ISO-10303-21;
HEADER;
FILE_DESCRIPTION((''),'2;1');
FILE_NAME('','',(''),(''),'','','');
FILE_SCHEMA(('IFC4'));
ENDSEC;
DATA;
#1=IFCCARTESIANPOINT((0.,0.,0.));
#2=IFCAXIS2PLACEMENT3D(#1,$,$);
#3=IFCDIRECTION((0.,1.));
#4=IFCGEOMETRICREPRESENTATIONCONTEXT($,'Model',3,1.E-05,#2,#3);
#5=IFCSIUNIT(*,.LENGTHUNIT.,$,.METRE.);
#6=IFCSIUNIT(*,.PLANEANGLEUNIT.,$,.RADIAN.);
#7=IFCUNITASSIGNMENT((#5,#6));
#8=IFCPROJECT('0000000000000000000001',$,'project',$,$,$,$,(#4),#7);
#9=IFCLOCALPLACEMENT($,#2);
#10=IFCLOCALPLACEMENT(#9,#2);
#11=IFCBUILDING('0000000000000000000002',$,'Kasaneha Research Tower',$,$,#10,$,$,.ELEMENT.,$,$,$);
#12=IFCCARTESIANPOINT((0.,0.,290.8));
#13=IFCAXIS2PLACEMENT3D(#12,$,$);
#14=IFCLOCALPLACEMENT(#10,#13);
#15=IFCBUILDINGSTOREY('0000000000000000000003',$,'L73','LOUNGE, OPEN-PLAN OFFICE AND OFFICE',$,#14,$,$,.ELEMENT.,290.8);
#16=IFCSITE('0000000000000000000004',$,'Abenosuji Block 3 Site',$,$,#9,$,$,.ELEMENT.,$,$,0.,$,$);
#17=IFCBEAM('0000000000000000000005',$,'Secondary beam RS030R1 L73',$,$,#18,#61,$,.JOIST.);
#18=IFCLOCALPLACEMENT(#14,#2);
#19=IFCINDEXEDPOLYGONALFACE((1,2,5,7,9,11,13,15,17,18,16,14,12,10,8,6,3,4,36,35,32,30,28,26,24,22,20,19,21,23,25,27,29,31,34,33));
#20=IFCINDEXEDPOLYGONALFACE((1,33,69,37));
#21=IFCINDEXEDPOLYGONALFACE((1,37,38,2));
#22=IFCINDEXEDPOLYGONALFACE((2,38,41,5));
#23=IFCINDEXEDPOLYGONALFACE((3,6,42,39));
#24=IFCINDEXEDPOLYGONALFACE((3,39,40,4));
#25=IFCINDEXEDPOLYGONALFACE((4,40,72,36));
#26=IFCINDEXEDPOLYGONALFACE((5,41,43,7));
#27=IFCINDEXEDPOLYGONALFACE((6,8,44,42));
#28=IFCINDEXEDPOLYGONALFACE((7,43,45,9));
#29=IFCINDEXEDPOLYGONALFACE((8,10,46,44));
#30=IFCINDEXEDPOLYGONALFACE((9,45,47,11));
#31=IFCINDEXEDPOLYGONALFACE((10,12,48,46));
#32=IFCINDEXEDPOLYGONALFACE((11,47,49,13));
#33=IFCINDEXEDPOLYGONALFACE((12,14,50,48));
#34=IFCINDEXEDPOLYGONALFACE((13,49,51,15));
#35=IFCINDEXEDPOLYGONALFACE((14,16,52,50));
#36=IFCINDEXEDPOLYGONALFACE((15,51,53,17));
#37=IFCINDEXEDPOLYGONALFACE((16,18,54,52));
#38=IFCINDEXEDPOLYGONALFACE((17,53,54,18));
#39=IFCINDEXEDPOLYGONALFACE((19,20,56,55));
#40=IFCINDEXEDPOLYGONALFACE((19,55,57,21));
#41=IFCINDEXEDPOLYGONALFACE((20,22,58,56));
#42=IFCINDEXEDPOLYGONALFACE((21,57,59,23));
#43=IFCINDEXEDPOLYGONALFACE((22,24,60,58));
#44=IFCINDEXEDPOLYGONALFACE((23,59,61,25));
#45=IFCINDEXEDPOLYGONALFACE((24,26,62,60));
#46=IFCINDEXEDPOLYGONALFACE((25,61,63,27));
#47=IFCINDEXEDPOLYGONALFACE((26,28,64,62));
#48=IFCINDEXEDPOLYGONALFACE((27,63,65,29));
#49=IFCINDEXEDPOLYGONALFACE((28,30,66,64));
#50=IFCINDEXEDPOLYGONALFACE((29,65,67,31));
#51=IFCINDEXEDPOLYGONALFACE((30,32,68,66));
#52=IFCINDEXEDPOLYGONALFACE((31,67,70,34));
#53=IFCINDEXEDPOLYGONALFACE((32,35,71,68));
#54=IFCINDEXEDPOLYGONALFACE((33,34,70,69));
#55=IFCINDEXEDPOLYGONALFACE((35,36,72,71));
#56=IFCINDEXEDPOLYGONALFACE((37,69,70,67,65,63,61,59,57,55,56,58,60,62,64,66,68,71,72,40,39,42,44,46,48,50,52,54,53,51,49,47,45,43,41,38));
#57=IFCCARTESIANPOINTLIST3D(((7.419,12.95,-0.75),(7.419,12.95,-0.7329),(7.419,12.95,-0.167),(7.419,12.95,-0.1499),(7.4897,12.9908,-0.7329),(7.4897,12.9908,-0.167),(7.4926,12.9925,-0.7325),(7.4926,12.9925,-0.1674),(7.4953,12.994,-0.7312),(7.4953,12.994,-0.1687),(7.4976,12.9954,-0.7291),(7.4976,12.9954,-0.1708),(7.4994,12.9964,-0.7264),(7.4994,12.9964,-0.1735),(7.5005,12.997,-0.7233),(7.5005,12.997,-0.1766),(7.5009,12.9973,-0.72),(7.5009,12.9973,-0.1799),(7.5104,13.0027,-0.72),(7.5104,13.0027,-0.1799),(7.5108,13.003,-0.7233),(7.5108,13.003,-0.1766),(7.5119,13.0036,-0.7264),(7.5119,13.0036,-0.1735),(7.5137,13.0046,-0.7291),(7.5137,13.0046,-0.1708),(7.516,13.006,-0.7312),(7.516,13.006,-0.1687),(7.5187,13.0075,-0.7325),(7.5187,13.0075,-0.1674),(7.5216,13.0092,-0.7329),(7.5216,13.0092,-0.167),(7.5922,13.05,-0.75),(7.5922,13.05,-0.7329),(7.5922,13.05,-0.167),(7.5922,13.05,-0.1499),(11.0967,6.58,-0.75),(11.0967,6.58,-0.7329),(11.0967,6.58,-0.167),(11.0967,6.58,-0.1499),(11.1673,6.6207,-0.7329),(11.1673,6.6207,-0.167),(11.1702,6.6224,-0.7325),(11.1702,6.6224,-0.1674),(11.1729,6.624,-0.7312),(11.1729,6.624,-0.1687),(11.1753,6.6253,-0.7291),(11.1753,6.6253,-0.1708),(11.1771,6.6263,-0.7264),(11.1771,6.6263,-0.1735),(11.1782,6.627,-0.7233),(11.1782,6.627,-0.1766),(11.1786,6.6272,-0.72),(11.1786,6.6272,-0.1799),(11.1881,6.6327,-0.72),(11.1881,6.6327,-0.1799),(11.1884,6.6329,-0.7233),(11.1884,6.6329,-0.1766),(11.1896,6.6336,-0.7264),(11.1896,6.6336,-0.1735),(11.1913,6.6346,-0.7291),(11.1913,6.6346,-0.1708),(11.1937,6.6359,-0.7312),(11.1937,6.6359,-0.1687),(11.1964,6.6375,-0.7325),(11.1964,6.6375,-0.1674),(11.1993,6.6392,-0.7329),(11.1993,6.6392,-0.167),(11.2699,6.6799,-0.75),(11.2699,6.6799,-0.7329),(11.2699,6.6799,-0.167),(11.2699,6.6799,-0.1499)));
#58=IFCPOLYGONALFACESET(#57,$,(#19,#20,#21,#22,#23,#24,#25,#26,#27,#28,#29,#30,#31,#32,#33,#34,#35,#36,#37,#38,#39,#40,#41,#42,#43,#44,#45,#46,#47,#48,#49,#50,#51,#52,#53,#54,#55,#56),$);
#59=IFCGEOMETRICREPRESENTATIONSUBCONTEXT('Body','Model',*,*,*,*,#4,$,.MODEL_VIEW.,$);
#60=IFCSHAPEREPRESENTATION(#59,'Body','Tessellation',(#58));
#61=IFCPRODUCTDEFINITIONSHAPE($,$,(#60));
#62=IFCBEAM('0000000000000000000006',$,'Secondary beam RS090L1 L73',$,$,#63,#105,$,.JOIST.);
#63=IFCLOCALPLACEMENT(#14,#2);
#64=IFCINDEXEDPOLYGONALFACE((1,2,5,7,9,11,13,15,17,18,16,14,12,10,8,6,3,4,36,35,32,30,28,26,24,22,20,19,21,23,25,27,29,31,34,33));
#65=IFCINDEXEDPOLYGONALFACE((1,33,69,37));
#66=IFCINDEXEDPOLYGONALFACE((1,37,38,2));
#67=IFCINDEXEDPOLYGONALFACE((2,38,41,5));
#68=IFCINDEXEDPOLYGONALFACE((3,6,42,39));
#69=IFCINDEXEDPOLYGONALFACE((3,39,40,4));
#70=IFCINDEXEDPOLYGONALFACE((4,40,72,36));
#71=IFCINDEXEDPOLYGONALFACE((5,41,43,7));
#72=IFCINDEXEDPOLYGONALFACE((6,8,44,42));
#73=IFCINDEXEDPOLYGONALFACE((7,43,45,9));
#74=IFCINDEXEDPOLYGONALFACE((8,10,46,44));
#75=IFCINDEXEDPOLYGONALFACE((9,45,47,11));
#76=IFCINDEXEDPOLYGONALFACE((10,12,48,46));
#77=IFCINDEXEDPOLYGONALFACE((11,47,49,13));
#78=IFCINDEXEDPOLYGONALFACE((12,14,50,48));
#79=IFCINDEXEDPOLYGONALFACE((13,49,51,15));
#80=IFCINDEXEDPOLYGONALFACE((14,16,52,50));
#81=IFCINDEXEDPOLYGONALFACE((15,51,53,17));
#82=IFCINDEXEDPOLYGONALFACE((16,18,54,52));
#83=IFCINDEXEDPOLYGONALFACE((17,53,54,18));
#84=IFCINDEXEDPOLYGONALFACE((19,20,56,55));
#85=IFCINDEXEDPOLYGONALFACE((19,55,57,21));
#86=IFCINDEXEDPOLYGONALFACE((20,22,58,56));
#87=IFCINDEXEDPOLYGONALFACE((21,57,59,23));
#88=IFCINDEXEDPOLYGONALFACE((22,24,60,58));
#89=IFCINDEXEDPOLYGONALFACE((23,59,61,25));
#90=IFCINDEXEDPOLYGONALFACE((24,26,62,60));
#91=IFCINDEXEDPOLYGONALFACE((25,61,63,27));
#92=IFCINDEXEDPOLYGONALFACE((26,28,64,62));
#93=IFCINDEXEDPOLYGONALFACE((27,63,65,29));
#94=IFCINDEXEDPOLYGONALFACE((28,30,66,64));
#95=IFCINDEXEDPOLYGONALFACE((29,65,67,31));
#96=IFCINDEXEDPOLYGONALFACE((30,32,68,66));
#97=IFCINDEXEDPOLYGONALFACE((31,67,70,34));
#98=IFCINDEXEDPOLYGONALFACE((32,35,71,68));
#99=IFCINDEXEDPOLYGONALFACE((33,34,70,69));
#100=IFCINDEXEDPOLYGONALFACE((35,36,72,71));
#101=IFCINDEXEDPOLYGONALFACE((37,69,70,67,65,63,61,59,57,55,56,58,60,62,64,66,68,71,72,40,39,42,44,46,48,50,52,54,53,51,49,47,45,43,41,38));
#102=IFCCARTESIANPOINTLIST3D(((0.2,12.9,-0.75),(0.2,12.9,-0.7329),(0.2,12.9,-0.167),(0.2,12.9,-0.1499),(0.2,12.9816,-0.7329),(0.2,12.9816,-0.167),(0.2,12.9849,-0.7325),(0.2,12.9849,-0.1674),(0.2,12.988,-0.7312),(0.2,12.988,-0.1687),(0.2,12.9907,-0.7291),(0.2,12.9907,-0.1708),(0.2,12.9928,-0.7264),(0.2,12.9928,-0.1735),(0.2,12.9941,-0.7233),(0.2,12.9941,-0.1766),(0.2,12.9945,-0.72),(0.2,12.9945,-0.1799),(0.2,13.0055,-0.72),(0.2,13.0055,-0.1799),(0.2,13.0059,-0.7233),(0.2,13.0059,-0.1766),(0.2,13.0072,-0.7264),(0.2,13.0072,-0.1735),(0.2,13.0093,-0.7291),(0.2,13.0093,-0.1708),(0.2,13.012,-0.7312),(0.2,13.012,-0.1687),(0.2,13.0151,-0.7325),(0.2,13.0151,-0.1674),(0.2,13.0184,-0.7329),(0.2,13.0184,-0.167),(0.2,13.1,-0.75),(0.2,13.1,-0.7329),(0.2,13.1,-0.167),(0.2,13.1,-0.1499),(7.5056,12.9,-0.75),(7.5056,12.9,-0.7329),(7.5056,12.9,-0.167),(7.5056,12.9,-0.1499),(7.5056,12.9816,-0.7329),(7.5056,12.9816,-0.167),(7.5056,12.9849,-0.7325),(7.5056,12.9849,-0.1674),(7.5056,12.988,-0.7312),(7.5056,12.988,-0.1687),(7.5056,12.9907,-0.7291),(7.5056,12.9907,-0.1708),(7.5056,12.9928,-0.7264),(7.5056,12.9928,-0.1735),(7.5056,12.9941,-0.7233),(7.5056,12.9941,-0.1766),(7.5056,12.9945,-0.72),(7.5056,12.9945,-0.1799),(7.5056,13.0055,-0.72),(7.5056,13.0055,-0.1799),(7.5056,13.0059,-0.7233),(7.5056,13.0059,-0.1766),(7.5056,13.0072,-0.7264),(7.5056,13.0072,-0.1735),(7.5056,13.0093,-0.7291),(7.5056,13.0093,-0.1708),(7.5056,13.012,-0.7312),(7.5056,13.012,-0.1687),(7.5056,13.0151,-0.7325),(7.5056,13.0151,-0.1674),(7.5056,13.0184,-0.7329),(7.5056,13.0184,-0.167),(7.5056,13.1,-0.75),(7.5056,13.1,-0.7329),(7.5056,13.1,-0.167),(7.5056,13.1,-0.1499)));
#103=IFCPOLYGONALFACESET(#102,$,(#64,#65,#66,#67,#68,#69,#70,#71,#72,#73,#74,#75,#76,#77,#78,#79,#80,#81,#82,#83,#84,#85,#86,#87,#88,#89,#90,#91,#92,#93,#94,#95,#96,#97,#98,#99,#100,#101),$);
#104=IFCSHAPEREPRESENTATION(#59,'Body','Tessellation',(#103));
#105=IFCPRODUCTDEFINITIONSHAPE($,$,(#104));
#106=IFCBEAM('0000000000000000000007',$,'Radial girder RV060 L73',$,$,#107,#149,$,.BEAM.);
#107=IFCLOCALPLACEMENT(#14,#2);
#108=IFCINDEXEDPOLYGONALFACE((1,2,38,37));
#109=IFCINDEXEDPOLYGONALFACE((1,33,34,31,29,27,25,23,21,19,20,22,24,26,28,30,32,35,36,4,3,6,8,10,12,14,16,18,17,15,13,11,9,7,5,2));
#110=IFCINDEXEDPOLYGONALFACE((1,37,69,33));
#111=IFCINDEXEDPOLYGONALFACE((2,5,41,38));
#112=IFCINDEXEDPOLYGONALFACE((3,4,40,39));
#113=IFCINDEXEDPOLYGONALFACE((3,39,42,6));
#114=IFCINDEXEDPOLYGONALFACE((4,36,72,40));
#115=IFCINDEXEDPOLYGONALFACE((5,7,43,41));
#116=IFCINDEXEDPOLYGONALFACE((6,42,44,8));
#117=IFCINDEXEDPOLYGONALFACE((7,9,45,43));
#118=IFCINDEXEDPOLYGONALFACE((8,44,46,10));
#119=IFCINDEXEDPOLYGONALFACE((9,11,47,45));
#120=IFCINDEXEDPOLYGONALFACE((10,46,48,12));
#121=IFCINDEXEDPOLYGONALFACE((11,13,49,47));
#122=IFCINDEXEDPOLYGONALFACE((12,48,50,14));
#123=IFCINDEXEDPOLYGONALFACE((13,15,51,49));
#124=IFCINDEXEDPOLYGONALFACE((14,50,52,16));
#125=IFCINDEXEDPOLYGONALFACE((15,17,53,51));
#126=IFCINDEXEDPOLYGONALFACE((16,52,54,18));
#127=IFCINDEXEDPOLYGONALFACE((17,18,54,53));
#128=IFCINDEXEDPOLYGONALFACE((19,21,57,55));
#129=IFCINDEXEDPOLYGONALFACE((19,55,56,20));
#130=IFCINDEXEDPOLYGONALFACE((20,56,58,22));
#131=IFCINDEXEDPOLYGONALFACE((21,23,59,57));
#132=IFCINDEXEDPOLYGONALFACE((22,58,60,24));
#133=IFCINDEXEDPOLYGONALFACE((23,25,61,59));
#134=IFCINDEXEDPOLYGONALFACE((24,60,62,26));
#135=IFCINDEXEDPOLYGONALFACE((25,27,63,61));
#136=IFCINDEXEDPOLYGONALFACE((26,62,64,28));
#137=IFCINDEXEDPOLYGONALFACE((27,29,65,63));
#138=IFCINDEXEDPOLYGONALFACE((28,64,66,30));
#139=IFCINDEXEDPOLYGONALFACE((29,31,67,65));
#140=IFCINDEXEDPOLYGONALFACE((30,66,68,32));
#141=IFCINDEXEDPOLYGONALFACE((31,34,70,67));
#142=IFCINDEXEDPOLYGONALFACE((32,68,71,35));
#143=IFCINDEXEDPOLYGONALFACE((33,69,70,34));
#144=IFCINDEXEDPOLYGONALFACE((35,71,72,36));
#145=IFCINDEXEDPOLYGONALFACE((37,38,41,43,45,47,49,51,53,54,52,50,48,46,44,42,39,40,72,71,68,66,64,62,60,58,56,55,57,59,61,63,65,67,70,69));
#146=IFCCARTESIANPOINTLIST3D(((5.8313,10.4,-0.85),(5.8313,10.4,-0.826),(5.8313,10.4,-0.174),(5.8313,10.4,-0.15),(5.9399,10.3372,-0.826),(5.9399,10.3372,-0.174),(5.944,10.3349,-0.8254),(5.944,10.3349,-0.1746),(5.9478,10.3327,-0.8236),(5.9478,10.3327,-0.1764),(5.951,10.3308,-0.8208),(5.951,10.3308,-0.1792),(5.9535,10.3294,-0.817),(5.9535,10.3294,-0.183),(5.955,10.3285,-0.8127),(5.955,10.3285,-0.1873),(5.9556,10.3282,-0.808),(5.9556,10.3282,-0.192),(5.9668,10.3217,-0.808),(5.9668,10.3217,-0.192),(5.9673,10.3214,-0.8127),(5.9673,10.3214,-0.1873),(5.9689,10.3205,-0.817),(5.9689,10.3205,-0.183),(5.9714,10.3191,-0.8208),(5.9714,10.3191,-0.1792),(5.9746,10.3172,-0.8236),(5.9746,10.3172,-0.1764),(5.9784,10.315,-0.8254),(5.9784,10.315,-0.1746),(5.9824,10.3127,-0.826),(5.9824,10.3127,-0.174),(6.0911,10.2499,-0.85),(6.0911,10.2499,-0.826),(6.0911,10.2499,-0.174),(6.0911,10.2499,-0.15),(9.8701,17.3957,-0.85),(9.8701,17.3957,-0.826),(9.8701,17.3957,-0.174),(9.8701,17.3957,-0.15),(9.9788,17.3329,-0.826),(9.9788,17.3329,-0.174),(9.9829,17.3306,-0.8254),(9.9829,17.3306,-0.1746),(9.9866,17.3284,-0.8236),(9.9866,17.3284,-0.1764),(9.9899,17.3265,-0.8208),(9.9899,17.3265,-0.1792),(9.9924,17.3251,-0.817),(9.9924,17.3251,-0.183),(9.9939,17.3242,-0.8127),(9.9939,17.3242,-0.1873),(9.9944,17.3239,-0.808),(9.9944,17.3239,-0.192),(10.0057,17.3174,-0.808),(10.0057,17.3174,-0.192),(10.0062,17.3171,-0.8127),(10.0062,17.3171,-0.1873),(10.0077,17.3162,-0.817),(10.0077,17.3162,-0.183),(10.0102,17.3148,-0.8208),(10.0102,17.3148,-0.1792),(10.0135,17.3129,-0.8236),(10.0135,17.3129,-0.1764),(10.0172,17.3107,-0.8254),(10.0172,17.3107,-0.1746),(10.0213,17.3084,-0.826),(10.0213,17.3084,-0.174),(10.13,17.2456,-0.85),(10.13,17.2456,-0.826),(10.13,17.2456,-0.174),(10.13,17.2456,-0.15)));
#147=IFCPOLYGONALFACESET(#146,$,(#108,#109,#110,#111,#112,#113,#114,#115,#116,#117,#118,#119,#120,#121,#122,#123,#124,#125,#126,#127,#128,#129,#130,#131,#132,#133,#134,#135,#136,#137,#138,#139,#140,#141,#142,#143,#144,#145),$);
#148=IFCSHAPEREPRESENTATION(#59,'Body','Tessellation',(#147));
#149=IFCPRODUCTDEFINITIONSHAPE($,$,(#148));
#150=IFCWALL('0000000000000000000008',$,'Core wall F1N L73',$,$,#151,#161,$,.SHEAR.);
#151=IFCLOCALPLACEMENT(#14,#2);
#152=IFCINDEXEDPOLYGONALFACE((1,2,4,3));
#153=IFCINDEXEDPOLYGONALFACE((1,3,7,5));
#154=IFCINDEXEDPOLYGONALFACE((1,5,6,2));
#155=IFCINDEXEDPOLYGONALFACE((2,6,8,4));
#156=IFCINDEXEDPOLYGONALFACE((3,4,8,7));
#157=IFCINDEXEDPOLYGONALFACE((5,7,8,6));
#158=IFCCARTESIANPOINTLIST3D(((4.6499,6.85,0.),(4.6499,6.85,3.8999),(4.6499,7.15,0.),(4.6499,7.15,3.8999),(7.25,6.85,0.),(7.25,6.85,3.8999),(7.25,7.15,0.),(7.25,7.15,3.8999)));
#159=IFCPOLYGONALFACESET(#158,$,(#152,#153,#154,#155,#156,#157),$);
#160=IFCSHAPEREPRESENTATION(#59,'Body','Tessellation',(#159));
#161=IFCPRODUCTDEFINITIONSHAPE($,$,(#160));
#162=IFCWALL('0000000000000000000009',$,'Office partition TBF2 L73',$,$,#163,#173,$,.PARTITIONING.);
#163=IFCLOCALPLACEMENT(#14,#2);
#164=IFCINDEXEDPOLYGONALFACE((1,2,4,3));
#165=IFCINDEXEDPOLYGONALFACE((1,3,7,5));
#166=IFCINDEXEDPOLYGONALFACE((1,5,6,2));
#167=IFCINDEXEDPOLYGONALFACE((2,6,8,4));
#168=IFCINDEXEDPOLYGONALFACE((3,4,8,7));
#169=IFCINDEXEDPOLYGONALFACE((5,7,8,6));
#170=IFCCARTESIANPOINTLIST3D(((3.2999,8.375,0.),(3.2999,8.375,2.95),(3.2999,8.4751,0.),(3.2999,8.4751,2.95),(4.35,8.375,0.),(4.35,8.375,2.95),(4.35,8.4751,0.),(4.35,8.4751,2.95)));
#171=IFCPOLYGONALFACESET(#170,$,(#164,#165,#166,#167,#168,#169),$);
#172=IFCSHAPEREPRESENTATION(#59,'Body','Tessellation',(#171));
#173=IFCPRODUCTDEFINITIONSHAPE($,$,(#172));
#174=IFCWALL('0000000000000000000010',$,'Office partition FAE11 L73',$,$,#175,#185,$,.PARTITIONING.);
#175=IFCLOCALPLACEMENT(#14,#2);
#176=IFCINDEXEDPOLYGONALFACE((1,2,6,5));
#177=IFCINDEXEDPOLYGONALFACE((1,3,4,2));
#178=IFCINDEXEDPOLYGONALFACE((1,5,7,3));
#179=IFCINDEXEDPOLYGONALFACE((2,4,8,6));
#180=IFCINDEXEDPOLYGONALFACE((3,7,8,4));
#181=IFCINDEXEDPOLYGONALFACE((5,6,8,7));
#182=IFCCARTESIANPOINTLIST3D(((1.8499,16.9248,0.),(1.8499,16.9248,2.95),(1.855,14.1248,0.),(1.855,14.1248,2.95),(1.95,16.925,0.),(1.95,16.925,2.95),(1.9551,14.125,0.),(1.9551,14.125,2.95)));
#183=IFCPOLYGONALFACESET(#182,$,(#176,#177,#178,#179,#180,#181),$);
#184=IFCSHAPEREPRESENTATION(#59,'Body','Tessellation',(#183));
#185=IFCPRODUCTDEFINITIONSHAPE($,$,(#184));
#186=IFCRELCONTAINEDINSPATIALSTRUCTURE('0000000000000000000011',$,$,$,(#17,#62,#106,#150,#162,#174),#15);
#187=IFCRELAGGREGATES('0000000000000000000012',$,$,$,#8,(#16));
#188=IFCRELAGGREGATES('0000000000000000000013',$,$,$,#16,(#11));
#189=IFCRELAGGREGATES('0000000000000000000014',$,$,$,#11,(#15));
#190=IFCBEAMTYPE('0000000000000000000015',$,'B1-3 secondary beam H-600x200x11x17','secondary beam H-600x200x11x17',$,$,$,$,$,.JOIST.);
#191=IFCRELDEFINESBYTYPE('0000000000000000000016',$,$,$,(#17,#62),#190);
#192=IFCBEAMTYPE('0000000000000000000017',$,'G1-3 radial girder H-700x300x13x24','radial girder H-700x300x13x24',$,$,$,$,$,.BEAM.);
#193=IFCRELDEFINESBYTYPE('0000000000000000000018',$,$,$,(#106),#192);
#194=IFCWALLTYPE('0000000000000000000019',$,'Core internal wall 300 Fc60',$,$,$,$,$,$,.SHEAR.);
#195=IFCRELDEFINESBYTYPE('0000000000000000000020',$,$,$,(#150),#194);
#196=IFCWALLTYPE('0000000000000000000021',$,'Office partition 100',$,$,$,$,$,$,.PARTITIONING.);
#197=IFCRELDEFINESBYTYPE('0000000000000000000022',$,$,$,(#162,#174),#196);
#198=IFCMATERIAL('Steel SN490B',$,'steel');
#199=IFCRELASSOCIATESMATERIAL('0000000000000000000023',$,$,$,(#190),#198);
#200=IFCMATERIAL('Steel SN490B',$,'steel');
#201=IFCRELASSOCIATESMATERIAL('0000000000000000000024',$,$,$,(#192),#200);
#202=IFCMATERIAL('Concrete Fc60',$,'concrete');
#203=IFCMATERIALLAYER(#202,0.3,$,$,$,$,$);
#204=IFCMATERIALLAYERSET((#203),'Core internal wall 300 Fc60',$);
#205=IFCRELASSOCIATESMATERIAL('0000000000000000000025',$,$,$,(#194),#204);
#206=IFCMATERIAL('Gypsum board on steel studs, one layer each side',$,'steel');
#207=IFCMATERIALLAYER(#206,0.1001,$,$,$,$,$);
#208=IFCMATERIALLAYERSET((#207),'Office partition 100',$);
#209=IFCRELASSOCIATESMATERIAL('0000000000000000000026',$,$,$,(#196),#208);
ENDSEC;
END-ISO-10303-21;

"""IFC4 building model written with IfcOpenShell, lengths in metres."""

from ifc_helpers import new_model, si_unit, direction, frame, frame_2d, origin, origin_2d, place, context, subcontext, project, spatial, rectangle, i_section, extrude, material, layer, layer_set, material_profile, profile_set, type_object, element, save


model = new_model("IFC4")

# Units and contexts
model_context = context("Model", 3, precision=1e-05, world=origin(), true_north=direction((0.0, 1.0)))
body_context = subcontext(model_context, "Body", "Model", "MODEL_VIEW")
ifc_project = project(units=[si_unit("LENGTHUNIT", "METRE"), si_unit("PLANEANGLEUNIT", "RADIAN")], contexts=[model_context])

# Site, building, storey
site_placement = place(None, origin())
site = spatial("IfcSite", under=ifc_project, at=site_placement, Name="Abenosuji Block 3 Site", CompositionType="ELEMENT", RefElevation=0.0)
building_placement = place(site_placement, origin())
building = spatial("IfcBuilding", under=site, at=building_placement, Name="Kasaneha Research Tower", CompositionType="ELEMENT")
storey_placement = place(building_placement, frame((0.0, 0.0, 290.8)))
storey = spatial("IfcBuildingStorey", under=building, at=storey_placement, Name="L73", Description="LOUNGE, OPEN-PLAN OFFICE AND OFFICE", CompositionType="ELEMENT", Elevation=290.8)

# Beams
ifc_material_1 = material(Name="Steel SN490B", Category="steel")
ifc_material_profile_1 = material_profile(ifc_material_1, i_section(OverallWidth=0.2, OverallDepth=0.6001, WebThickness=0.011, FlangeThickness=0.0171, FilletRadius=0.0129, at=origin_2d()), Name="H-600x200x11x17")
ifc_profile_set_1 = profile_set([ifc_material_profile_1], Name="Steel SN490B")
beam_type_1 = type_object("IfcBeamType", Name="B1-3 secondary beam H-600x200x11x17", Description="secondary beam H-600x200x11x17", PredefinedType="JOIST", material=ifc_profile_set_1)
beam_1_placement = place(storey_placement, frame((7.5056, 13.0, -0.45), z_axis=(0.499994, -0.866029, 0.0), x_axis=(0.866029, 0.499994, 0.0)))
element("IfcBeam", 1, at=beam_1_placement, inside=storey, type_object=beam_type_1, Name="Secondary beam RS030R1 L73", PredefinedType="JOIST", context=body_context, shape_type="SweptSolid", body=[
    extrude(i_section(OverallWidth=0.2, OverallDepth=0.6001, WebThickness=0.011, FlangeThickness=0.0171, FilletRadius=0.0129, at=origin_2d()), origin(), (0.0, 0.0, 1.0), 7.3555),
])
beam_2_placement = place(storey_placement, frame((7.5056, 13.0, -0.45), z_axis=(-1.0, 0.0, 0.0), x_axis=(0.0, -1.0, 0.0)))
element("IfcBeam", 2, at=beam_2_placement, inside=storey, type_object=beam_type_1, Name="Secondary beam RS090L1 L73", PredefinedType="JOIST", context=body_context, shape_type="SweptSolid", body=[
    extrude(i_section(OverallWidth=0.2, OverallDepth=0.6001, WebThickness=0.011, FlangeThickness=0.0171, FilletRadius=0.0129, at=origin_2d()), origin(), (0.0, 0.0, 1.0), 7.3057),
])
ifc_material_2 = material(Name="Steel SN490B", Category="steel")
ifc_material_profile_2 = material_profile(ifc_material_2, i_section(OverallWidth=0.3, OverallDepth=0.7, WebThickness=0.0129, FlangeThickness=0.0239, FilletRadius=0.0181, at=origin_2d()), Name="H-700x300x13x24")
ifc_profile_set_2 = profile_set([ifc_material_profile_2], Name="Steel SN490B")
beam_type_2 = type_object("IfcBeamType", Name="G1-3 radial girder H-700x300x13x24", Description="radial girder H-700x300x13x24", PredefinedType="BEAM", material=ifc_profile_set_2)
beam_3_placement = place(storey_placement, frame((5.9612, 10.325, -0.5), z_axis=(0.499991, 0.866031, 0.0), x_axis=(-0.866031, 0.499991, 0.0)))
element("IfcBeam", 3, at=beam_3_placement, inside=storey, type_object=beam_type_2, Name="Radial girder RV060 L73", PredefinedType="BEAM", context=body_context, shape_type="SweptSolid", body=[
    extrude(i_section(OverallWidth=0.3, OverallDepth=0.7, WebThickness=0.0129, FlangeThickness=0.0239, FilletRadius=0.0181, at=origin_2d()), origin(), (0.0, 0.0, 1.0), 8.0779),
])

# Wall
ifc_material_3 = material(Name="Concrete Fc60", Category="concrete")
ifc_layer_1 = layer(ifc_material_3, 0.3)
ifc_layer_set_1 = layer_set([ifc_layer_1], Name="Core internal wall 300 Fc60")
wall_type_1 = type_object("IfcWallType", Name="Core internal wall 300 Fc60", PredefinedType="SHEAR", material=ifc_layer_set_1)
wall_1_placement = place(storey_placement, frame((4.6499, 7.0, 0.0), z_axis=(0.0, 0.0, 1.0), x_axis=(1.0, 0.0, 0.0)))
element("IfcWall", 4, at=wall_1_placement, inside=storey, type_object=wall_type_1, Name="Core wall F1N L73", PredefinedType="SHEAR", context=body_context, shape_type="SweptSolid", body=[
    extrude(rectangle(XDim=2.6001, YDim=0.3, at=frame_2d((1.3, 0.0))), origin(), (0.0, 0.0, 1.0), 3.8999),
])

# Walls
ifc_material_4 = material(Name="Gypsum board on steel studs, one layer each side", Category="steel")
ifc_layer_2 = layer(ifc_material_4, 0.1001)
ifc_layer_set_2 = layer_set([ifc_layer_2], Name="Office partition 100")
wall_type_2 = type_object("IfcWallType", Name="Office partition 100", PredefinedType="PARTITIONING", material=ifc_layer_set_2)
wall_2_placement = place(storey_placement, frame((3.3, 8.425, 0.0), z_axis=(0.0, 0.0, 1.0), x_axis=(1.0, 0.0, 0.0)))
element("IfcWall", 5, at=wall_2_placement, inside=storey, type_object=wall_type_2, Name="Office partition TBF2 L73", PredefinedType="PARTITIONING", context=body_context, shape_type="SweptSolid", body=[
    extrude(rectangle(XDim=1.05, YDim=0.1001, at=frame_2d((0.5249, 0.0))), origin(), (0.0, 0.0, 1.0), 2.95),
])
wall_3_placement = place(storey_placement, frame((1.905, 14.125, 0.0), z_axis=(0.0, 0.0, 1.0), x_axis=(-0.001831, 0.999998, 0.0)))
element("IfcWall", 6, at=wall_3_placement, inside=storey, type_object=wall_type_2, Name="Office partition FAE11 L73", PredefinedType="PARTITIONING", context=body_context, shape_type="SweptSolid", body=[
    extrude(rectangle(XDim=2.8, YDim=0.1001, at=frame_2d((1.3999, 0.0))), origin(), (0.0, 0.0, 1.0), 2.95),
])

save(model, "model.ifc")
